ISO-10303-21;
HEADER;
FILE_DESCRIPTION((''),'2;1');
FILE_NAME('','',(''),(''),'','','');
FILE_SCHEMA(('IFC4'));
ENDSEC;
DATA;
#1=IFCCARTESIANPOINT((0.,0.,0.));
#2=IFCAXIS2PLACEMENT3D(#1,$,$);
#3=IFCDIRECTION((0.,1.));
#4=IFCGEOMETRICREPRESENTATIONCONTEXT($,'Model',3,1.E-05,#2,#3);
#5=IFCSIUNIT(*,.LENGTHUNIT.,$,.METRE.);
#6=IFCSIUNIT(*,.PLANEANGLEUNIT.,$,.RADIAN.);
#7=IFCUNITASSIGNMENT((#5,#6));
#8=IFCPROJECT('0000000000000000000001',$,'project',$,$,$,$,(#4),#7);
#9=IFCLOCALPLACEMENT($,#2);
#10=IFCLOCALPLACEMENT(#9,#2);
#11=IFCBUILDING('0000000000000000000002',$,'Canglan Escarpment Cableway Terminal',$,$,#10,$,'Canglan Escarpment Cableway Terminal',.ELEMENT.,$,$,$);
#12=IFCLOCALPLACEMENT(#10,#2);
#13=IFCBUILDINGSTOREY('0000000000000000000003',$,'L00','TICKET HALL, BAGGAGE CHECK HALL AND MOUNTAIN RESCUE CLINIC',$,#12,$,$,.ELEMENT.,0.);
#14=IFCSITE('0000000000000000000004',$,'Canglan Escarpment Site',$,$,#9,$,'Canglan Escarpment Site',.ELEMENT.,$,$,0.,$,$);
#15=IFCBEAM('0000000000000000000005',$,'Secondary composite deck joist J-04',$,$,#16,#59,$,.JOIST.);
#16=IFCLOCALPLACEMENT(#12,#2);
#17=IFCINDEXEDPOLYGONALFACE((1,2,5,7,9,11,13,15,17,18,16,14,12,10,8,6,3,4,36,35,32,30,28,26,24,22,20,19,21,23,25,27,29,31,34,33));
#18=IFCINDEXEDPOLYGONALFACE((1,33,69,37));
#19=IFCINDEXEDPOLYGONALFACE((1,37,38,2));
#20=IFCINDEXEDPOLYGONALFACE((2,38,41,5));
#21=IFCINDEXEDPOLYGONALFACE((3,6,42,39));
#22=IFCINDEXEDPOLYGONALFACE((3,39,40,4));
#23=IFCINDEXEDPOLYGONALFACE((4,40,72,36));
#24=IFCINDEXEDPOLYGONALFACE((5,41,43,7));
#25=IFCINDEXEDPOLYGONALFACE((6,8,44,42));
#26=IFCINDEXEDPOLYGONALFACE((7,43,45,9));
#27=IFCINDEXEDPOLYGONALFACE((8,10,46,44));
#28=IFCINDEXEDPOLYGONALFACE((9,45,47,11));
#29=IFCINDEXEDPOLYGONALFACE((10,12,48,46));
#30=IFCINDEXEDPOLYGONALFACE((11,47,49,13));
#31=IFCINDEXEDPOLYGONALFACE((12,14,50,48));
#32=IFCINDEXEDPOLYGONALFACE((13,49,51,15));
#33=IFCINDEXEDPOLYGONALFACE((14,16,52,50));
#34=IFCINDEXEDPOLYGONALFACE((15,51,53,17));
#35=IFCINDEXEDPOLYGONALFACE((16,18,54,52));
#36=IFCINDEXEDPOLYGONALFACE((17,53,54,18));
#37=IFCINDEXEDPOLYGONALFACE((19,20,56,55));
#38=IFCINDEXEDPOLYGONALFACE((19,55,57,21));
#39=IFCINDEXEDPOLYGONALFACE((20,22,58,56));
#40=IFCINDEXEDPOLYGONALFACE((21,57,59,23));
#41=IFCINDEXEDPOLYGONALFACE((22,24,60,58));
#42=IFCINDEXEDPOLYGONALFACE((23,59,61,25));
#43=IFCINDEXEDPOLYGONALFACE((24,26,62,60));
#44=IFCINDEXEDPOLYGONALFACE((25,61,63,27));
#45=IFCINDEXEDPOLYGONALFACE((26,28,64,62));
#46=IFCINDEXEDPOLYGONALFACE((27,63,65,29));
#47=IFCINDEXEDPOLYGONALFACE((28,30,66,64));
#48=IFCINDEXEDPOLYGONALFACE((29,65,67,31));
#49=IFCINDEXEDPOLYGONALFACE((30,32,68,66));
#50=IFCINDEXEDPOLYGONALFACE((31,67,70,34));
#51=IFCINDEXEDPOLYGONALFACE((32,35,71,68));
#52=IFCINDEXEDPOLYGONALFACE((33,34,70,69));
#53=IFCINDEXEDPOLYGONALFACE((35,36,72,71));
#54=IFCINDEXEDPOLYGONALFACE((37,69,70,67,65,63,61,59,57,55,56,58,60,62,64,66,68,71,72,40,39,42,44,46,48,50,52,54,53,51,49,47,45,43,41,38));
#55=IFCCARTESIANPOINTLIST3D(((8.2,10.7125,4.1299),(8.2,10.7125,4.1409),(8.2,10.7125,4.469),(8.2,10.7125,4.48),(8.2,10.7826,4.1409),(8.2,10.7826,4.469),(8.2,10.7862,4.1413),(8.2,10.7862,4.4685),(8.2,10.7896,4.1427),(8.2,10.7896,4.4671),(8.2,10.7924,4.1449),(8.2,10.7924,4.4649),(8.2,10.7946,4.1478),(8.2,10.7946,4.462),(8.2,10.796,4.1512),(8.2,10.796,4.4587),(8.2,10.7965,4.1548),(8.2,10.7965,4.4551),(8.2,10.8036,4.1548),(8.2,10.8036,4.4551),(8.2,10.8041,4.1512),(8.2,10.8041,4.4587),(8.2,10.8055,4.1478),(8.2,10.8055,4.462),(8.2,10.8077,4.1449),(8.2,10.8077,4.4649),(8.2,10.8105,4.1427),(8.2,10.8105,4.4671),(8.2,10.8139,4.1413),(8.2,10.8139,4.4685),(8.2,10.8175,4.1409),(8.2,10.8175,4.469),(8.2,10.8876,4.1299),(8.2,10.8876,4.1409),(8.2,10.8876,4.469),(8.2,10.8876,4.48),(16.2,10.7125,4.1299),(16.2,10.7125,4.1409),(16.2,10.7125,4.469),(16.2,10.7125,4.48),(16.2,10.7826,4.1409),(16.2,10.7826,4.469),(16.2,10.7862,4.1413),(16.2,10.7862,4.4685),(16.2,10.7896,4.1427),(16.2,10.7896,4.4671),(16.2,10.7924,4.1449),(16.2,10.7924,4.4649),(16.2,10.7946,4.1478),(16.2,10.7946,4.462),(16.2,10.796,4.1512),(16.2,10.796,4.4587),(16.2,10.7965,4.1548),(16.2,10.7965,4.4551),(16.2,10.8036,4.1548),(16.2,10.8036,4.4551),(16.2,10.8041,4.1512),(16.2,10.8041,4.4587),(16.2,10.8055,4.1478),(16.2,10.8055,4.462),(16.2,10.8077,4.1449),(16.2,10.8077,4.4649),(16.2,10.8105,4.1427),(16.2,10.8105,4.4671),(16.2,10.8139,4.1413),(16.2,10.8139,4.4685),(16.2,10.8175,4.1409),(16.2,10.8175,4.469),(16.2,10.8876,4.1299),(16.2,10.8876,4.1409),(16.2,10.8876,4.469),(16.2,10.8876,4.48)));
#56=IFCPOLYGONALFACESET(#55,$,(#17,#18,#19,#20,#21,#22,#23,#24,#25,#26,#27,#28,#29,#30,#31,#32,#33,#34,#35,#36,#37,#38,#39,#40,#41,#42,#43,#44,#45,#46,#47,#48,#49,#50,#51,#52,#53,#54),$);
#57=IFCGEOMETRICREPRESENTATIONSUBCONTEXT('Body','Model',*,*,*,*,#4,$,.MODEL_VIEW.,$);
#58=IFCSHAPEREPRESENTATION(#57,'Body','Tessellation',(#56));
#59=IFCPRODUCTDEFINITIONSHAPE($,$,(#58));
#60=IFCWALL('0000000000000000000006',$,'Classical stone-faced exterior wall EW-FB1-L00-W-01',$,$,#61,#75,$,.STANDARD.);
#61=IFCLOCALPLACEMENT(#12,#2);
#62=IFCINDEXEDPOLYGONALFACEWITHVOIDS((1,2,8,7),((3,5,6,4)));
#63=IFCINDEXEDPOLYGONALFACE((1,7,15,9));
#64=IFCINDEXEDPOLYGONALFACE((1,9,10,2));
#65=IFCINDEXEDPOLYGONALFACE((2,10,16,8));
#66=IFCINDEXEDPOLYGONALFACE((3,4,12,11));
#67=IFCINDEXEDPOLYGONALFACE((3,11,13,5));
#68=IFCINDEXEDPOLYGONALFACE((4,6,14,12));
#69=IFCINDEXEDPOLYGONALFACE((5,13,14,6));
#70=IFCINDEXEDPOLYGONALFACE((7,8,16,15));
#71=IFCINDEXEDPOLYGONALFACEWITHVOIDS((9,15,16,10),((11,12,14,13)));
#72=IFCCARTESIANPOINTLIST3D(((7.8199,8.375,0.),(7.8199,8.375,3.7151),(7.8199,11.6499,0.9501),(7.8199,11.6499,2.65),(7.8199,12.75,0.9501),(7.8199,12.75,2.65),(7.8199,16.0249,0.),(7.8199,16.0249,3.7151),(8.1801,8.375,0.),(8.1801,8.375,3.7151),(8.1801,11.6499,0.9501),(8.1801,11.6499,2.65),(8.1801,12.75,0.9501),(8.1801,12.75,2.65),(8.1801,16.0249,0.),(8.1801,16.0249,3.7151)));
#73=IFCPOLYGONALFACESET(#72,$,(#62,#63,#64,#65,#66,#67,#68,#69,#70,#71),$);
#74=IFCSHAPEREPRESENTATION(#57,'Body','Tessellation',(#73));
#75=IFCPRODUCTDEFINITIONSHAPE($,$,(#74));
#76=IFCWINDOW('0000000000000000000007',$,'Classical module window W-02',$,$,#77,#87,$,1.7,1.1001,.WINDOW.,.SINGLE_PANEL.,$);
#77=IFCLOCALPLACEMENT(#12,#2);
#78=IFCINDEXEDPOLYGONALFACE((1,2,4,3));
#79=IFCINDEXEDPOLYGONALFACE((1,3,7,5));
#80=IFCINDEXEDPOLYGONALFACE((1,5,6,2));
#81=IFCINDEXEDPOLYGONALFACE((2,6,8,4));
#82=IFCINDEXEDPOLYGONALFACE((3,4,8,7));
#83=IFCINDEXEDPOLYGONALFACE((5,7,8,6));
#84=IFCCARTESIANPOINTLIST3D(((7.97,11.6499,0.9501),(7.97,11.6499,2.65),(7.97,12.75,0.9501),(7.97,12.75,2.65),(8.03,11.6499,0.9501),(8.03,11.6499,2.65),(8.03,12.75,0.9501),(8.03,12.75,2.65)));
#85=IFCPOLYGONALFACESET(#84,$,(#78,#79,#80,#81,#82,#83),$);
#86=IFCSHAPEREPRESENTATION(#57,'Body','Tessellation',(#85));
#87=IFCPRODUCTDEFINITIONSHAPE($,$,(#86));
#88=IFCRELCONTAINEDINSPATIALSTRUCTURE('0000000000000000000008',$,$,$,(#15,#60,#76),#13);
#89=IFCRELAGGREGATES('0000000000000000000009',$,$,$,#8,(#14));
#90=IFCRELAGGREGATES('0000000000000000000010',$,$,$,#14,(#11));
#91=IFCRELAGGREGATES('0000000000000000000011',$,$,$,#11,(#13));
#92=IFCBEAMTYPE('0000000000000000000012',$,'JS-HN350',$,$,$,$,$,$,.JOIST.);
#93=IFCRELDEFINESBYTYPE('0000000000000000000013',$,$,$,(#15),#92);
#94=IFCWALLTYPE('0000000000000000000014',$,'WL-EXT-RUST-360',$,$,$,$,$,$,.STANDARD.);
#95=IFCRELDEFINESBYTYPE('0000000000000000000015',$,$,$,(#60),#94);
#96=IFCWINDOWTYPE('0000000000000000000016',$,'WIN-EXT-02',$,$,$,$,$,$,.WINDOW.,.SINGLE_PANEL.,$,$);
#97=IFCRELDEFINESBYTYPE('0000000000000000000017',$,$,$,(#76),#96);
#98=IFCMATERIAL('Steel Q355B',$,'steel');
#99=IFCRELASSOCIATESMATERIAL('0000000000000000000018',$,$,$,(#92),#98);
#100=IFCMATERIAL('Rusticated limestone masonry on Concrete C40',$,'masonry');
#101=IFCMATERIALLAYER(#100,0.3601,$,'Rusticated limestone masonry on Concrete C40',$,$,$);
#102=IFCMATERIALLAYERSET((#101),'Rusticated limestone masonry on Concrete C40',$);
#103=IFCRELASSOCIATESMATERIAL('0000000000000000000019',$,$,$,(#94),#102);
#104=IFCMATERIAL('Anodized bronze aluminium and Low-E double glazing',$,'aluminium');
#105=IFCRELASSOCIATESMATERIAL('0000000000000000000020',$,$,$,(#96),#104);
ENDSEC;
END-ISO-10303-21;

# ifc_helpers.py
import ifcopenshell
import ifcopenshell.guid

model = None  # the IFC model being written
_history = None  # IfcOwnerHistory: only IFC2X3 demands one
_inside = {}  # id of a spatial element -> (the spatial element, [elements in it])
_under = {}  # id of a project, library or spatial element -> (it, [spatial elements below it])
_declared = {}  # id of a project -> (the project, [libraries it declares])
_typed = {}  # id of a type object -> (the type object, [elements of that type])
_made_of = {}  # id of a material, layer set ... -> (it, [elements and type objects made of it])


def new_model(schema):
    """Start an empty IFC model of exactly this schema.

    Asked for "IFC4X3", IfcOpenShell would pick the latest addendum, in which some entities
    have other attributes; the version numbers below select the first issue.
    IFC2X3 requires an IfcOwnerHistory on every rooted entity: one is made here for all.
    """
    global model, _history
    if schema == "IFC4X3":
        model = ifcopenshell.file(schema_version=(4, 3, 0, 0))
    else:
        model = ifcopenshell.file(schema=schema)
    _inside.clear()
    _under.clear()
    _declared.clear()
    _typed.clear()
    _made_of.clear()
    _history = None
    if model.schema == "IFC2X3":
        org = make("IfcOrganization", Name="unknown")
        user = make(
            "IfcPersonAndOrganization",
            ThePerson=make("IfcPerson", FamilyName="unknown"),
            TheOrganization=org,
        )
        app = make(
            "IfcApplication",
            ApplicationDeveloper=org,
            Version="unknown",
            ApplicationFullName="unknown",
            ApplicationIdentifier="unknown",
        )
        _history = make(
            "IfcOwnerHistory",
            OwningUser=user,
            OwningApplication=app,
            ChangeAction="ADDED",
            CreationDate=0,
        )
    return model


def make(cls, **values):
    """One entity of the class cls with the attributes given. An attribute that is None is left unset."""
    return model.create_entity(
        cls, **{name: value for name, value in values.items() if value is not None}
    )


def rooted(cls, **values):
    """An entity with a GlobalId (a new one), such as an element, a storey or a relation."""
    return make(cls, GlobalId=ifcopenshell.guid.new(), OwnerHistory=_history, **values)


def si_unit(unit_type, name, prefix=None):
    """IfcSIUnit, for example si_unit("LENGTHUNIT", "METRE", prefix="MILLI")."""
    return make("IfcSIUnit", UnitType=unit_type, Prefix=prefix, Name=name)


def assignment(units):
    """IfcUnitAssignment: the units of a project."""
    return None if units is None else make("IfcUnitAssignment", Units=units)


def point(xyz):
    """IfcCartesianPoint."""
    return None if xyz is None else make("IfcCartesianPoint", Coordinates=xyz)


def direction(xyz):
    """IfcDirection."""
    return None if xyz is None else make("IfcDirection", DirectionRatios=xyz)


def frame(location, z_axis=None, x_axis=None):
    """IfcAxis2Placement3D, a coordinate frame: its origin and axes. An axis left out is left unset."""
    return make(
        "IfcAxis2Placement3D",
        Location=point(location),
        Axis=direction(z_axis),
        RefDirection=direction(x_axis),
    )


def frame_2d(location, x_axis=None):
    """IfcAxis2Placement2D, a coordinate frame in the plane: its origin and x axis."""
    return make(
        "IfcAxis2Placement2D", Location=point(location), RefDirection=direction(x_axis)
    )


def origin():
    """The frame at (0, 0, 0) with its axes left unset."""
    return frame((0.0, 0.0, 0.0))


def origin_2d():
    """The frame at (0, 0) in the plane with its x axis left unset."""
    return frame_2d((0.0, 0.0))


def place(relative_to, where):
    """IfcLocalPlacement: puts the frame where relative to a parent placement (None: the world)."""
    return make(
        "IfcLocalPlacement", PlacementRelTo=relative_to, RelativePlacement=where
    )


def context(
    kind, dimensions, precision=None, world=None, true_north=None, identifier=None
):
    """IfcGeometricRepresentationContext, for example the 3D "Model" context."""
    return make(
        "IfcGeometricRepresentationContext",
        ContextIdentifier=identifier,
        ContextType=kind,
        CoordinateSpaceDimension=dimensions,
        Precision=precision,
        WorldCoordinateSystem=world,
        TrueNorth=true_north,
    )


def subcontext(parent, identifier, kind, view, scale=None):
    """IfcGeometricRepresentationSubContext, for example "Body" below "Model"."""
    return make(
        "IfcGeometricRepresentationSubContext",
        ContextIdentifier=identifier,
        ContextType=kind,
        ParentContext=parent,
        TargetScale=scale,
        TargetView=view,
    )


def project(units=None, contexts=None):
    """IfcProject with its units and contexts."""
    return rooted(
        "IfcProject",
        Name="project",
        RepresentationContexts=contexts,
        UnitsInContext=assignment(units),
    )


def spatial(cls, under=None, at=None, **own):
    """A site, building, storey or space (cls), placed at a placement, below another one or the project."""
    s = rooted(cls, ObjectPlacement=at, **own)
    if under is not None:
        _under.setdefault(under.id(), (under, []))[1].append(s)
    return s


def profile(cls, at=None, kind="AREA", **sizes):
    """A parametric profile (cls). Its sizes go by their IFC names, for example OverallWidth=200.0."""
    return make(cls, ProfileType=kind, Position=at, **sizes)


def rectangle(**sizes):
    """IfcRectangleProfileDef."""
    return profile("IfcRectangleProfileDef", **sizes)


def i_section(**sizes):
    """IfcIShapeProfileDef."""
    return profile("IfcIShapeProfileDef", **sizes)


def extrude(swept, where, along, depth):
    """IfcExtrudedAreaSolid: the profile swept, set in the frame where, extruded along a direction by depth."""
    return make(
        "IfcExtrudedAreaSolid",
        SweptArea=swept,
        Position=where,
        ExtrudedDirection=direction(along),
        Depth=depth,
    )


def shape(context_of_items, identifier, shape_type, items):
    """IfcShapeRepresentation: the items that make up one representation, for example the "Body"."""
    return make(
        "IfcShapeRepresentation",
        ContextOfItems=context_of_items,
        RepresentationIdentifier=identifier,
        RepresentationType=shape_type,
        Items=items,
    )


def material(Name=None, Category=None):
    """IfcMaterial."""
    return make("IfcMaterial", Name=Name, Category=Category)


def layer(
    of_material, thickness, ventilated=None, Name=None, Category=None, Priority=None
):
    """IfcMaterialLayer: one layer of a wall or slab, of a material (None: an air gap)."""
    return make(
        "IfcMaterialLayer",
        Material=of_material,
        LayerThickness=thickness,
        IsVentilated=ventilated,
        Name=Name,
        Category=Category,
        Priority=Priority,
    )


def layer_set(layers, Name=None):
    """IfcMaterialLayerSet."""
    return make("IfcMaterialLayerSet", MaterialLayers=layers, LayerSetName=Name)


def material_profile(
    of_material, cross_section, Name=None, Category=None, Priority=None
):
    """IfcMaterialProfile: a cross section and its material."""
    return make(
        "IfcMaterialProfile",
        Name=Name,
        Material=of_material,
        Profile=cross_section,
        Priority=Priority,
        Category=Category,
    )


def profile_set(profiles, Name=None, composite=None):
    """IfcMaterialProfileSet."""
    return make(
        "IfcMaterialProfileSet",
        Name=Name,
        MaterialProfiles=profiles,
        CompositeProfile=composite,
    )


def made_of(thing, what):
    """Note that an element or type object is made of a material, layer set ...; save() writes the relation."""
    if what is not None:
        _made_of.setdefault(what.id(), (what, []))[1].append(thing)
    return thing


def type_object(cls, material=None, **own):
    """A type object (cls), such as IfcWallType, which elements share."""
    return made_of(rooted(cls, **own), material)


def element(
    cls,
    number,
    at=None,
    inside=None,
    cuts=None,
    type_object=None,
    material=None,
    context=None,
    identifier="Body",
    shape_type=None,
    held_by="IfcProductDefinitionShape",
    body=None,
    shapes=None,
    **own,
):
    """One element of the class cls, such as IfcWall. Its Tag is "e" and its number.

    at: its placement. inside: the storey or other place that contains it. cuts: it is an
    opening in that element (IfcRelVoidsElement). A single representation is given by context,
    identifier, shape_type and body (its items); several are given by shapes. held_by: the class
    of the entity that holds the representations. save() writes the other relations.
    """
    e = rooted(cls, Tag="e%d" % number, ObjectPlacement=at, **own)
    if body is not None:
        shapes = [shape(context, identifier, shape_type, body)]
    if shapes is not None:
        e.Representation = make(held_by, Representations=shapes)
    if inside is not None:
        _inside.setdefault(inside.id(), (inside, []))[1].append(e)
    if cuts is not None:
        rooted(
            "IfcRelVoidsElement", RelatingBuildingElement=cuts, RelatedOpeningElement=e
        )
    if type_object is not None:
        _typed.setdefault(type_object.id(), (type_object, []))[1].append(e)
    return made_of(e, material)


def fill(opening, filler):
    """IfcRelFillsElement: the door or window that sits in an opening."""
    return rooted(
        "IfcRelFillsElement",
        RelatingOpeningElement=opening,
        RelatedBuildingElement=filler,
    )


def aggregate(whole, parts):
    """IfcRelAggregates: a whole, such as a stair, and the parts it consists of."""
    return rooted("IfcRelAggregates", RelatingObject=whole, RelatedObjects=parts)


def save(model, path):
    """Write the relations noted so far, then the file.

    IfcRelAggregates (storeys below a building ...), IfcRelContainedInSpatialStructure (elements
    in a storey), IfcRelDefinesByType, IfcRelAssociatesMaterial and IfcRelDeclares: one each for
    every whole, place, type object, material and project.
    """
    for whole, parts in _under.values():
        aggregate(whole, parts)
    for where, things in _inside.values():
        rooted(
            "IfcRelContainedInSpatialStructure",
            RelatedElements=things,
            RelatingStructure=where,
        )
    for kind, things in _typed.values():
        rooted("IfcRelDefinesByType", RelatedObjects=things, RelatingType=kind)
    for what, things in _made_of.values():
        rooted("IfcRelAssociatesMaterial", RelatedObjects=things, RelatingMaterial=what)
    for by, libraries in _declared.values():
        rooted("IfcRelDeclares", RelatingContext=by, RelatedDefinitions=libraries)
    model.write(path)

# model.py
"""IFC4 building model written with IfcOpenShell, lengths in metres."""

from ifc_helpers import new_model, si_unit, direction, frame, frame_2d, origin, origin_2d, place, context, subcontext, project, spatial, rectangle, i_section, extrude, material, layer, layer_set, material_profile, profile_set, type_object, element, fill, save


model = new_model("IFC4")

# Units and contexts
model_context = context("Model", 3, precision=1e-05, world=origin(), true_north=direction((0.0, 1.0)))
body_context = subcontext(model_context, "Body", "Model", "MODEL_VIEW")
ifc_project = project(units=[si_unit("LENGTHUNIT", "METRE"), si_unit("PLANEANGLEUNIT", "RADIAN")], contexts=[model_context])

# Site, building, storey
site_placement = place(None, origin())
site = spatial("IfcSite", under=ifc_project, at=site_placement, Name="Canglan Escarpment Site", LongName="Canglan Escarpment Site", CompositionType="ELEMENT", RefElevation=0.0)
building_placement = place(site_placement, origin())
building = spatial("IfcBuilding", under=site, at=building_placement, Name="Canglan Escarpment Cableway Terminal", LongName="Canglan Escarpment Cableway Terminal", CompositionType="ELEMENT")
storey_placement = place(building_placement, origin())
storey = spatial("IfcBuildingStorey", under=building, at=storey_placement, Name="L00", Description="TICKET HALL, BAGGAGE CHECK HALL AND MOUNTAIN RESCUE CLINIC", CompositionType="ELEMENT", Elevation=0.0)

# Beam
ifc_material_1 = material(Name="Steel Q355B", Category="steel")
ifc_material_profile_1 = material_profile(ifc_material_1, i_section(OverallWidth=0.175, OverallDepth=0.3501, WebThickness=0.0071, FlangeThickness=0.011, FilletRadius=0.0139, at=origin_2d()), Name="HN 350x175x7x11")
ifc_profile_set_1 = profile_set([ifc_material_profile_1], Name="Steel Q355B")
beam_type_1 = type_object("IfcBeamType", Name="JS-HN350", PredefinedType="JOIST", material=ifc_profile_set_1)
beam_1_placement = place(storey_placement, frame((8.2, 10.8, 4.3049), z_axis=(1.0, 0.0, 0.0), x_axis=(0.0, 1.0, 0.0)))
element("IfcBeam", 1, at=beam_1_placement, inside=storey, type_object=beam_type_1, Name="Secondary composite deck joist J-04", PredefinedType="JOIST", context=body_context, shape_type="SweptSolid", body=[
    extrude(i_section(OverallWidth=0.175, OverallDepth=0.3501, WebThickness=0.0071, FlangeThickness=0.011, FilletRadius=0.0139, at=origin_2d()), origin(), (0.0, 0.0, 1.0), 8.0),
])

# Wall, opening, window
ifc_material_2 = material(Name="Rusticated limestone masonry on Concrete C40", Category="masonry")
ifc_layer_1 = layer(ifc_material_2, 0.3601, Name="Rusticated limestone masonry on Concrete C40")
ifc_layer_set_1 = layer_set([ifc_layer_1], Name="Rusticated limestone masonry on Concrete C40")
wall_type = type_object("IfcWallType", Name="WL-EXT-RUST-360", PredefinedType="STANDARD", material=ifc_layer_set_1)
wall_placement = place(storey_placement, frame((8.0, 16.0249, 0.0), z_axis=(0.0, 0.0, 1.0), x_axis=(0.0, -1.0, 0.0)))
wall = element("IfcWall", 2, at=wall_placement, inside=storey, type_object=wall_type, Name="Classical stone-faced exterior wall EW-FB1-L00-W-01", PredefinedType="STANDARD", context=body_context, shape_type="SweptSolid", body=[
    extrude(rectangle(XDim=7.6499, YDim=0.3601, at=frame_2d((3.825, 0.0))), origin(), (0.0, 0.0, 1.0), 3.7151),
])
opening_placement = place(wall_placement, frame((3.2749, 0.0, 0.95)))
opening = element("IfcOpeningElement", 3, at=opening_placement, cuts=wall, PredefinedType="OPENING", context=body_context, shape_type="SweptSolid", body=[
    extrude(rectangle(XDim=1.1001, YDim=1.7, at=frame_2d((0.55, 0.8501))), frame((0.0, 0.1899, 0.0), z_axis=(0.0, -1.0, 0.0), x_axis=(1.0, 0.0, 0.0)), (0.0, 0.0, 1.0), 0.3801),
])
ifc_material_3 = material(Name="Anodized bronze aluminium and Low-E double glazing", Category="aluminium")
window_type = type_object("IfcWindowType", Name="WIN-EXT-02", PartitioningType="SINGLE_PANEL", PredefinedType="WINDOW", material=ifc_material_3)
window_placement = place(opening_placement, origin())
window = element("IfcWindow", 4, at=window_placement, inside=storey, type_object=window_type, Name="Classical module window W-02", OverallHeight=1.7, OverallWidth=1.1001, PartitioningType="SINGLE_PANEL", PredefinedType="WINDOW", context=body_context, shape_type="SweptSolid", body=[
    extrude(rectangle(XDim=1.1001, YDim=1.7, at=frame_2d((0.55, 0.8501))), frame((0.0, 0.03, 0.0), z_axis=(0.0, -1.0, 0.0), x_axis=(1.0, 0.0, 0.0)), (0.0, 0.0, 1.0), 0.0601),
])
fill(opening, window)

save(model, "model.ifc")
